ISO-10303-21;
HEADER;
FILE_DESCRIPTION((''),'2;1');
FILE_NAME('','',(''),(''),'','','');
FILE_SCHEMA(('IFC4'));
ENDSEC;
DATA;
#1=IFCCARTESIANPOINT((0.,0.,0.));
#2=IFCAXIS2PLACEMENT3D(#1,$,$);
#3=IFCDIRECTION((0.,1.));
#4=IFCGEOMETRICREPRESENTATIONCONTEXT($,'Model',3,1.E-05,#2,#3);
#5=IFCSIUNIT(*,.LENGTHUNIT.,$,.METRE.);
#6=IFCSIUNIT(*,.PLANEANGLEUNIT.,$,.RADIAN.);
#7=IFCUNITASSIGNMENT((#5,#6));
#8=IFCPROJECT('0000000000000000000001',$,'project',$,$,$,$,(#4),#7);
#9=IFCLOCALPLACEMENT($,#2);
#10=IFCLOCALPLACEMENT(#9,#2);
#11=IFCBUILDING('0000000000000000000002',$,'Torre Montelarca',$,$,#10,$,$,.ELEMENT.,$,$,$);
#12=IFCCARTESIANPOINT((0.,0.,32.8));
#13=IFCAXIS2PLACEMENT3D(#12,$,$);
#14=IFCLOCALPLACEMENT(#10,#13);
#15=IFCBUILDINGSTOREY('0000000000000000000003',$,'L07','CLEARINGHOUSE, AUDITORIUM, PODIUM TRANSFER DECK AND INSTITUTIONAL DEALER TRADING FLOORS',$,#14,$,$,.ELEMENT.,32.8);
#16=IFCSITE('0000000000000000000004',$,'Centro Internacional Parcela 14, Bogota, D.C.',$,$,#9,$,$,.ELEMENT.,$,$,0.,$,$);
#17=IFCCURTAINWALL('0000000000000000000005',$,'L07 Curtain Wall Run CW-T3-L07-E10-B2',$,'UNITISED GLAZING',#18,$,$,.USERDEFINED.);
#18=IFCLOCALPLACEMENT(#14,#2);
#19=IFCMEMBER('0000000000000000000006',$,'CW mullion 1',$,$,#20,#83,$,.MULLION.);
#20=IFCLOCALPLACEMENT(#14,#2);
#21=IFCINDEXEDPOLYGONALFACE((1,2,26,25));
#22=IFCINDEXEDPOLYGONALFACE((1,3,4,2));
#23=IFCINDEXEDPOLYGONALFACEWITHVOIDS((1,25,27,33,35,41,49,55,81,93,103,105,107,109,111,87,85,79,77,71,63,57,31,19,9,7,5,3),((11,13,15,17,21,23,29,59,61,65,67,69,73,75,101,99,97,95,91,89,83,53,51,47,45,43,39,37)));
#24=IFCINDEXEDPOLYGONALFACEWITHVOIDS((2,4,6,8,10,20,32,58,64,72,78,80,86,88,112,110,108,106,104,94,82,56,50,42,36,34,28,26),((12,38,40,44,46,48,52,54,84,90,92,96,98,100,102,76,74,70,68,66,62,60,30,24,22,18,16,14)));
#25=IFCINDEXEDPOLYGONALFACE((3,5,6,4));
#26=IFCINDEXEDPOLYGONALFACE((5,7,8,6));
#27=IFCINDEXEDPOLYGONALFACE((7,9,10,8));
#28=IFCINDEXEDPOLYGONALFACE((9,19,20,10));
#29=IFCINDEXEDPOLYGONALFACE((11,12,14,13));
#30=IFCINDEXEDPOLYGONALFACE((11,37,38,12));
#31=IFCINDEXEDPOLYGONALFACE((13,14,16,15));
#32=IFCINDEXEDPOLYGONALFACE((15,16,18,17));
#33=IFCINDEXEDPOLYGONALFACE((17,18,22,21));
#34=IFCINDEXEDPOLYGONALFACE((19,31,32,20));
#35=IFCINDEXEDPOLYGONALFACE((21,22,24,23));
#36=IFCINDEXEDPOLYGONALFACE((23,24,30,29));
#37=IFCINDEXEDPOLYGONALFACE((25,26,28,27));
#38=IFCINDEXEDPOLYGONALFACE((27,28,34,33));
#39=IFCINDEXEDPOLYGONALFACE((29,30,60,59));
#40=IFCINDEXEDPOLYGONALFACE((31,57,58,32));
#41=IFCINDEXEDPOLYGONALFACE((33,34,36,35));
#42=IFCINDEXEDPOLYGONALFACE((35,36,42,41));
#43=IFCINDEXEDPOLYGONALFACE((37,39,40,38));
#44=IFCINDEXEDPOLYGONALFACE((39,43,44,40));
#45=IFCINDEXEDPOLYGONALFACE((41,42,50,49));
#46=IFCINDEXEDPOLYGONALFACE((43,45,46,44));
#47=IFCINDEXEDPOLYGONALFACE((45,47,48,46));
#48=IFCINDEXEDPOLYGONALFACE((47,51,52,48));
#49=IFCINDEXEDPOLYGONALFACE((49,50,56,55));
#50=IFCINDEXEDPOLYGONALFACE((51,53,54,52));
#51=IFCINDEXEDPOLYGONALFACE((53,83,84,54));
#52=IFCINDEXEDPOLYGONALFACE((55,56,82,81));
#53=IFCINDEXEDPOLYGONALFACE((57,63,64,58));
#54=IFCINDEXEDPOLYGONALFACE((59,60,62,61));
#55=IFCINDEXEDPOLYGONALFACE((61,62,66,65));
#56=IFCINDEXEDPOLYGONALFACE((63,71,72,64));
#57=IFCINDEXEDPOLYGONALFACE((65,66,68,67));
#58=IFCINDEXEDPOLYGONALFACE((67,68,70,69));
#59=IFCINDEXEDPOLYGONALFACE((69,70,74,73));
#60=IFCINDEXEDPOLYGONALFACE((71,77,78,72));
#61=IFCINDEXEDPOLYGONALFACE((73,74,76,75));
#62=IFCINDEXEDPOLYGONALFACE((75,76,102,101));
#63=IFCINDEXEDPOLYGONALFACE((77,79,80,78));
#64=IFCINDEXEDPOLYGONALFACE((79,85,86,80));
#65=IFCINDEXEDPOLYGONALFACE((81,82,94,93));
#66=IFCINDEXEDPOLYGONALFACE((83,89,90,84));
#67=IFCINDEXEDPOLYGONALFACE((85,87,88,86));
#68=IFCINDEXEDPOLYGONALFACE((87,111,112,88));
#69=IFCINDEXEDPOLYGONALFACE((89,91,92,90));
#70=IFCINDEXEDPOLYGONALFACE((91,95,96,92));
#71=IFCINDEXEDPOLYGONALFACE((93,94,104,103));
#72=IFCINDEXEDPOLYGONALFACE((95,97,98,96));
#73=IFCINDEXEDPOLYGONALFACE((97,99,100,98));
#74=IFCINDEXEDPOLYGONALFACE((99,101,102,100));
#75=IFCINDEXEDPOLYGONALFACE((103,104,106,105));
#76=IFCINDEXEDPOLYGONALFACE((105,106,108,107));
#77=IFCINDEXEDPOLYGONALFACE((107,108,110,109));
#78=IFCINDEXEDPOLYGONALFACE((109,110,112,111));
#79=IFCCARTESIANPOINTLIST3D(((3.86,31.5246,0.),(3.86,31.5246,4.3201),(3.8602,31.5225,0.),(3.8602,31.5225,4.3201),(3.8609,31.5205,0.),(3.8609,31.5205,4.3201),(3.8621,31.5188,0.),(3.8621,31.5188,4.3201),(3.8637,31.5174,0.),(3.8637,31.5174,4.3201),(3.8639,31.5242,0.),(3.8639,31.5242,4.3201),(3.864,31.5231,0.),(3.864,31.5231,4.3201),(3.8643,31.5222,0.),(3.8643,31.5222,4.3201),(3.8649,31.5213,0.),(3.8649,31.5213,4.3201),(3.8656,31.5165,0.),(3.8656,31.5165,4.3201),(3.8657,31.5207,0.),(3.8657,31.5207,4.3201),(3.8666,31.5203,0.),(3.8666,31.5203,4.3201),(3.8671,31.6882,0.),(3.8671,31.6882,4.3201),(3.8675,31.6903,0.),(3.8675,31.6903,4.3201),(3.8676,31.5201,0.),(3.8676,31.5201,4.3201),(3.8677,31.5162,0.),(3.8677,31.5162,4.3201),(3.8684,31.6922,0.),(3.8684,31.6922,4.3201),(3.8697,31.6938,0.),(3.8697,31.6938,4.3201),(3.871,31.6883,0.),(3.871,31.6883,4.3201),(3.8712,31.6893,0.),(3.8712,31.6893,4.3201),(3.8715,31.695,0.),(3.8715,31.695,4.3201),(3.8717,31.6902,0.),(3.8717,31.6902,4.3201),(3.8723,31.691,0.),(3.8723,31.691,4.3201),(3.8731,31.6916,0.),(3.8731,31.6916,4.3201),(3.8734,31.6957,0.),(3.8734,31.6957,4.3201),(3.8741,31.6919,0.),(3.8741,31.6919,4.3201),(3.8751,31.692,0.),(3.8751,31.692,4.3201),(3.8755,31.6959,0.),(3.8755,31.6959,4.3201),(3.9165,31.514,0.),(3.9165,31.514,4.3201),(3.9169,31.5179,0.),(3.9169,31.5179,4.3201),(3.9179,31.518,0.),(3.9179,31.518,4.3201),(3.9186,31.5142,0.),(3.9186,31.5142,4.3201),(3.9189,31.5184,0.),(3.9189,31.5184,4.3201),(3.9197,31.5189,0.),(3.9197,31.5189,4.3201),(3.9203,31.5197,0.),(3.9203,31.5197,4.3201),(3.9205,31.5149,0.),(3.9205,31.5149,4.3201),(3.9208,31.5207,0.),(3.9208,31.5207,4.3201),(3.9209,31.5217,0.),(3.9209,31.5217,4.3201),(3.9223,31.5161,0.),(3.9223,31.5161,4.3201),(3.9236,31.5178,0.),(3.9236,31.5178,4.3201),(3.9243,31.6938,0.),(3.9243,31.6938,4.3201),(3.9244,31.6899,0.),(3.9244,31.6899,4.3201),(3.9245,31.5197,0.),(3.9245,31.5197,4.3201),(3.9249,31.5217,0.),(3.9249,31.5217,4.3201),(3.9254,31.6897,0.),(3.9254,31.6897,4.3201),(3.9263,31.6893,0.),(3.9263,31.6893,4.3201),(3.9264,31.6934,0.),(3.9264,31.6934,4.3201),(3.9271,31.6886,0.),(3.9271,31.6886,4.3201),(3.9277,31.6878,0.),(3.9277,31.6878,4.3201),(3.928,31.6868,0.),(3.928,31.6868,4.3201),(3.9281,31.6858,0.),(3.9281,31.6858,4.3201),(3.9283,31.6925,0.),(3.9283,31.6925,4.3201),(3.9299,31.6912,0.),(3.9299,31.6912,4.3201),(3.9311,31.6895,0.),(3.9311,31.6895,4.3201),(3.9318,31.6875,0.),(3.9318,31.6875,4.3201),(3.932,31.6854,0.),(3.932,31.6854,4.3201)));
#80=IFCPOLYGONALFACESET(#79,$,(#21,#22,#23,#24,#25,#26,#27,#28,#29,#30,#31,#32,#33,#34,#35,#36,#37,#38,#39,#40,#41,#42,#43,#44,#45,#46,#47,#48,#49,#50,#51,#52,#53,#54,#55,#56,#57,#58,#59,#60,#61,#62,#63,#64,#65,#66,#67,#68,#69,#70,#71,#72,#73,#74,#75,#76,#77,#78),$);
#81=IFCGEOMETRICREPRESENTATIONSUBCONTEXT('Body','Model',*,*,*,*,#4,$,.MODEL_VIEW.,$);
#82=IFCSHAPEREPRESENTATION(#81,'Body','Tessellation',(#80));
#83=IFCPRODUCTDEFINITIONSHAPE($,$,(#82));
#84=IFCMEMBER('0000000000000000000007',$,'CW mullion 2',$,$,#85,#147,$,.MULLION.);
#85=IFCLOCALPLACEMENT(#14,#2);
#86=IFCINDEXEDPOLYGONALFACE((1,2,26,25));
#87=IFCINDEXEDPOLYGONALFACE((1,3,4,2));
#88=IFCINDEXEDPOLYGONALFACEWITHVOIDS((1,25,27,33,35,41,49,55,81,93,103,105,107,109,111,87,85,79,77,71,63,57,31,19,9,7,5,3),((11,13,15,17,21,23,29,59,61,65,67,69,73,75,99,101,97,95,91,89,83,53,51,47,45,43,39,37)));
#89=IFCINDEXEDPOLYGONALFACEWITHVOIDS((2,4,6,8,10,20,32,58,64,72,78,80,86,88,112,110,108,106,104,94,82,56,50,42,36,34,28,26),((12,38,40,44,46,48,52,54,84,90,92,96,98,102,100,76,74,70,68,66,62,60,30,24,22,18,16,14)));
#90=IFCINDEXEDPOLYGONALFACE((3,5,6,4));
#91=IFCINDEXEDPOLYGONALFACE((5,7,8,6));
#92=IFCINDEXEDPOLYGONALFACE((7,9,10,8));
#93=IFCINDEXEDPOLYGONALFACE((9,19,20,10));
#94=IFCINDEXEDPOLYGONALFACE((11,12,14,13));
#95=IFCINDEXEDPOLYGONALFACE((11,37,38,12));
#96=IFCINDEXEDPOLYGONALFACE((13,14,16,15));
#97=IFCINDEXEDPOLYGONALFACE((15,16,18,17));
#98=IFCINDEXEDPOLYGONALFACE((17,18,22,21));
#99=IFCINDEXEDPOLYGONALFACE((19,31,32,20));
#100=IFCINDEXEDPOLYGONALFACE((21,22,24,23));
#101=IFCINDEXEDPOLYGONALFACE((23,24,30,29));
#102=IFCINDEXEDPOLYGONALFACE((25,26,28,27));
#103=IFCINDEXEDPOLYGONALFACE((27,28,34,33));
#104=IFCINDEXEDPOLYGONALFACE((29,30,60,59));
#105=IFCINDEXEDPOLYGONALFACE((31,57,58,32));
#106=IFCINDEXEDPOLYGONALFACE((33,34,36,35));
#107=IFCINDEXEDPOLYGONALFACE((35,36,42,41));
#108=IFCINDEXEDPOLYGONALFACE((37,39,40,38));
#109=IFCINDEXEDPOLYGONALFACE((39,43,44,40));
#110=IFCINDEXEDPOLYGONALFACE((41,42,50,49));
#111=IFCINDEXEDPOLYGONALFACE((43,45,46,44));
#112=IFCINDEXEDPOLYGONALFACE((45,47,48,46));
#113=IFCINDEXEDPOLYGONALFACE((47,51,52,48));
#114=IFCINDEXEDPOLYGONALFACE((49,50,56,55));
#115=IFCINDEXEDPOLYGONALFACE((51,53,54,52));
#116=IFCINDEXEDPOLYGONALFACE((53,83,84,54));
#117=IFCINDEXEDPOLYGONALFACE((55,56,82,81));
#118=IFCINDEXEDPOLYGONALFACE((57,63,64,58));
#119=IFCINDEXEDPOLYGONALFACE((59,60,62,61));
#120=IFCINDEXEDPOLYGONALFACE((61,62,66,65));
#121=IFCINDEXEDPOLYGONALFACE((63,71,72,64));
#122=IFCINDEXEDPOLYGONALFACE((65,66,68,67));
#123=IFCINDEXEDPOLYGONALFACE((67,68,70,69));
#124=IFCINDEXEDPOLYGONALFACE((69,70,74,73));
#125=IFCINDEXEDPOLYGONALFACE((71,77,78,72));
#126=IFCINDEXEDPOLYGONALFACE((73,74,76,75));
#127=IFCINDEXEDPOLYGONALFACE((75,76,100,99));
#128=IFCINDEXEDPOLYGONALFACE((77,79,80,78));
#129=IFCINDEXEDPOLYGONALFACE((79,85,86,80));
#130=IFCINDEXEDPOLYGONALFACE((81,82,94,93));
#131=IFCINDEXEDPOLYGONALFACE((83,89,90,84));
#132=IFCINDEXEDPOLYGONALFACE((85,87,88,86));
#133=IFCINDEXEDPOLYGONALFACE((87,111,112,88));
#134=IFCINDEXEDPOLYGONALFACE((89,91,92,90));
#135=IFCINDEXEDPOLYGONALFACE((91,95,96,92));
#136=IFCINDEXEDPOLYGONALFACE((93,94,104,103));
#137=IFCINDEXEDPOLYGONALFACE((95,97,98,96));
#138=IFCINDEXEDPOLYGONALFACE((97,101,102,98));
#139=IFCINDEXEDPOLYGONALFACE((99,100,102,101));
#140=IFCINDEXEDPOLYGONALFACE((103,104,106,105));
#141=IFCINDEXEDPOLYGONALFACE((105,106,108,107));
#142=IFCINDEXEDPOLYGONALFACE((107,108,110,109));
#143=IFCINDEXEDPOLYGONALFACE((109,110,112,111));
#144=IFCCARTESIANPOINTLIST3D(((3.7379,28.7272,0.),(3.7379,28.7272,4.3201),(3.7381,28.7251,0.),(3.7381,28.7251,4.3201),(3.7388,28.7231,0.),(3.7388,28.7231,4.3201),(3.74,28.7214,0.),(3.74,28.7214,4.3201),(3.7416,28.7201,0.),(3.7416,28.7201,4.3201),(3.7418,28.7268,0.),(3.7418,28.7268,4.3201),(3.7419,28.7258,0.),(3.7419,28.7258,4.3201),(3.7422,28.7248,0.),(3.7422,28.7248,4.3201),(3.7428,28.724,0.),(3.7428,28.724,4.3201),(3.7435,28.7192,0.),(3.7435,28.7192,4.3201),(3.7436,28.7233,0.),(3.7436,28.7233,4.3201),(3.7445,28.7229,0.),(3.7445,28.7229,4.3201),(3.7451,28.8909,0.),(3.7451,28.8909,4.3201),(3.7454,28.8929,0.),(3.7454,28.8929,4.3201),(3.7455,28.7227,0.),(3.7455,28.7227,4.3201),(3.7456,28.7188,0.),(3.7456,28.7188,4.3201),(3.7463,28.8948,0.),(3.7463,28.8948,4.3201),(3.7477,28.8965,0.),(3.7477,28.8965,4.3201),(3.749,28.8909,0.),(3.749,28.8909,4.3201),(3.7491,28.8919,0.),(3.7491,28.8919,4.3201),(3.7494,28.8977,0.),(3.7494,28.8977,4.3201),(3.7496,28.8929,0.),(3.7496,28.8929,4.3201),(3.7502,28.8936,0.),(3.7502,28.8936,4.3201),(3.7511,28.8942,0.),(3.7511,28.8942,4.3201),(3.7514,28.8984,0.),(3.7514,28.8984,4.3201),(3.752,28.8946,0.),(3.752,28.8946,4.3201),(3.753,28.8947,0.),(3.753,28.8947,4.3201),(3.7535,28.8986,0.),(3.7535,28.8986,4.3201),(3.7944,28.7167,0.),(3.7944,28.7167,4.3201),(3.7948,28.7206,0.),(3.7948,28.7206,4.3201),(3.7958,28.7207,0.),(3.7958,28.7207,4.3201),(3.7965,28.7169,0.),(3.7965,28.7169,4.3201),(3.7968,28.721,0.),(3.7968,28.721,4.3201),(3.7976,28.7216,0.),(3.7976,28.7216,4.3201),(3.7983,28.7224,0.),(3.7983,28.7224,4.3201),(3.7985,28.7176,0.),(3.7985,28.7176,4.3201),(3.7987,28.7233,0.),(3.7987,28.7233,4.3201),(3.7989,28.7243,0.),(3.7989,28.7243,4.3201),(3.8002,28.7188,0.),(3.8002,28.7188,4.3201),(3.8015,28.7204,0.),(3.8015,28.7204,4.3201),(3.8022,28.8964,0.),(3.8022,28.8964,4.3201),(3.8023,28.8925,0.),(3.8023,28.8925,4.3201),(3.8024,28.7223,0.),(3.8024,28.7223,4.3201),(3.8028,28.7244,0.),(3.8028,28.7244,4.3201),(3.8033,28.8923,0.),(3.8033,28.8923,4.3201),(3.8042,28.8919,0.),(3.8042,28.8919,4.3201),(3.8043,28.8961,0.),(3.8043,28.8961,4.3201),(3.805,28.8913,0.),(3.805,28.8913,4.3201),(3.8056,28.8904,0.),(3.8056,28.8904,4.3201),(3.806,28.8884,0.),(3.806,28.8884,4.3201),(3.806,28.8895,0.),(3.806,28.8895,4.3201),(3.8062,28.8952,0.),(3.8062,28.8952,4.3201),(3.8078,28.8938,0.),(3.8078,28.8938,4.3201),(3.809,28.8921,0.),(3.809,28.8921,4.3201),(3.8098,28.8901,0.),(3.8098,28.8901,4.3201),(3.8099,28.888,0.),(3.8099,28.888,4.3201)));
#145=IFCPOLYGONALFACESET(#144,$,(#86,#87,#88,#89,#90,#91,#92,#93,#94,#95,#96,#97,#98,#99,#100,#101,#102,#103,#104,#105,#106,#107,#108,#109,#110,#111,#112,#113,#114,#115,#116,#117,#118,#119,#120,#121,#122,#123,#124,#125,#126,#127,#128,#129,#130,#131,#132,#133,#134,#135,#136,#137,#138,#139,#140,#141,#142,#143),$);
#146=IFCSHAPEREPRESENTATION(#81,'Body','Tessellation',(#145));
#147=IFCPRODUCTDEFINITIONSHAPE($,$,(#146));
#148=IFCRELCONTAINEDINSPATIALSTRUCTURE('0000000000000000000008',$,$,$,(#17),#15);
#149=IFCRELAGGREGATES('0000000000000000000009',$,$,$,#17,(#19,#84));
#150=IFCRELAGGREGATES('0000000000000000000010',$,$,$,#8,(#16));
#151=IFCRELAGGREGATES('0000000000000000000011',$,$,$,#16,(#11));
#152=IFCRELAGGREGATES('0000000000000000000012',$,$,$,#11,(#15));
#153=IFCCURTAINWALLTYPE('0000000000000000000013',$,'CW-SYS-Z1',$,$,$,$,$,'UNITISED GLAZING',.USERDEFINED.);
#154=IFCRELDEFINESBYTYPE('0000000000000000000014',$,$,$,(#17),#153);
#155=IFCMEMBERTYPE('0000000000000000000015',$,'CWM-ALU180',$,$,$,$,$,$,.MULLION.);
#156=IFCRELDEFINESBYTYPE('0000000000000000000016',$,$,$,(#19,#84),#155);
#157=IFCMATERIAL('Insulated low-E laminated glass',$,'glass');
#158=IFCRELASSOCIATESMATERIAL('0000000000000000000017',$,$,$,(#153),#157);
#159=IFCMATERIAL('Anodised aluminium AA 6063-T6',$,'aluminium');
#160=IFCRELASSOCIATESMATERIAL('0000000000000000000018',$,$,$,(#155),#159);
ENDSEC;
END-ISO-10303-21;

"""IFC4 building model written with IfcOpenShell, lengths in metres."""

from ifc_helpers import new_model, si_unit, direction, frame, origin, origin_2d, place, context, subcontext, project, spatial, hollow_rectangle, extrude, source, transform, mapped, material, material_profile, profile_set, type_object, element, aggregate, save


model = new_model("IFC4")

# Units and contexts
model_context = context("Model", 3, precision=1e-05, world=origin(), true_north=direction((0.0, 1.0)))
body_context = subcontext(model_context, "Body", "Model", "MODEL_VIEW")
ifc_project = project(units=[si_unit("LENGTHUNIT", "METRE"), si_unit("PLANEANGLEUNIT", "RADIAN")], contexts=[model_context])

# Site, building, storey
site_placement = place(None, origin())
site = spatial("IfcSite", under=ifc_project, at=site_placement, Name="Centro Internacional Parcela 14, Bogota, D.C.", CompositionType="ELEMENT", RefElevation=0.0)
building_placement = place(site_placement, origin())
building = spatial("IfcBuilding", under=site, at=building_placement, Name="Torre Montelarca", CompositionType="ELEMENT")
storey_placement = place(building_placement, frame((0.0, 0.0, 32.8)))
storey = spatial("IfcBuildingStorey", under=building, at=storey_placement, Name="L07", Description="CLEARINGHOUSE, AUDITORIUM, PODIUM TRANSFER DECK AND INSTITUTIONAL DEALER TRADING FLOORS", CompositionType="ELEMENT", Elevation=32.8)

# Curtain wall, members
ifc_material_1 = material(Name="Insulated low-E laminated glass", Category="glass")
curtain_wall_type = type_object("IfcCurtainWallType", Name="CW-SYS-Z1", ElementType="UNITISED GLAZING", PredefinedType="USERDEFINED", material=ifc_material_1)
ifc_material_2 = material(Name="Anodised aluminium AA 6063-T6", Category="aluminium")
ifc_material_profile_1 = material_profile(ifc_material_2, hollow_rectangle(XDim=0.0649, YDim=0.1799, WallThickness=0.0039, InnerFilletRadius=0.0039, OuterFilletRadius=0.0081, at=origin_2d()), Name="ALU65X180X4", Category="aluminium")
ifc_profile_set_1 = profile_set([ifc_material_profile_1], Name="Anodised aluminium AA 6063-T6")
member_type_1 = type_object("IfcMemberType", Name="CWM-ALU180", PredefinedType="MULLION", material=ifc_profile_set_1)
shared_shape_1 = source(origin(), body_context, "Body", "SweptSolid", [
    extrude(hollow_rectangle(XDim=0.0649, YDim=0.1799, WallThickness=0.0039, InnerFilletRadius=0.0039, OuterFilletRadius=0.0081, at=origin_2d()), origin(), (0.0, 0.0, 1.0), 4.3201),
])
curtain_wall_1_placement = place(storey_placement, origin())
curtain_wall_1 = element("IfcCurtainWall", 1, at=curtain_wall_1_placement, inside=storey, type_object=curtain_wall_type, Name="L07 Curtain Wall Run CW-T3-L07-E10-B2", ObjectType="UNITISED GLAZING", PredefinedType="USERDEFINED")
member_1_placement = place(storey_placement, frame((3.896, 31.605, 0.0), z_axis=(0.0, 0.0, 1.0), x_axis=(0.999048, -0.043619, 0.0)))
member_1 = element("IfcMember", 2, at=member_1_placement, type_object=member_type_1, Name="CW mullion 1", PredefinedType="MULLION", context=body_context, shape_type="MappedRepresentation", body=[
    mapped(shared_shape_1, transform((0.0, 0.0, 0.0), scale=1.0)),
])
member_2_placement = place(storey_placement, frame((3.7739, 28.8076, 0.0), z_axis=(0.0, 0.0, 1.0), x_axis=(0.999048, -0.043619, 0.0)))
member_2 = element("IfcMember", 3, at=member_2_placement, type_object=member_type_1, Name="CW mullion 2", PredefinedType="MULLION", context=body_context, shape_type="MappedRepresentation", body=[
    mapped(shared_shape_1, transform((0.0, 0.0, 0.0), scale=1.0)),
])

aggregate(curtain_wall_1, [member_1, member_2])

save(model, "model.ifc")
